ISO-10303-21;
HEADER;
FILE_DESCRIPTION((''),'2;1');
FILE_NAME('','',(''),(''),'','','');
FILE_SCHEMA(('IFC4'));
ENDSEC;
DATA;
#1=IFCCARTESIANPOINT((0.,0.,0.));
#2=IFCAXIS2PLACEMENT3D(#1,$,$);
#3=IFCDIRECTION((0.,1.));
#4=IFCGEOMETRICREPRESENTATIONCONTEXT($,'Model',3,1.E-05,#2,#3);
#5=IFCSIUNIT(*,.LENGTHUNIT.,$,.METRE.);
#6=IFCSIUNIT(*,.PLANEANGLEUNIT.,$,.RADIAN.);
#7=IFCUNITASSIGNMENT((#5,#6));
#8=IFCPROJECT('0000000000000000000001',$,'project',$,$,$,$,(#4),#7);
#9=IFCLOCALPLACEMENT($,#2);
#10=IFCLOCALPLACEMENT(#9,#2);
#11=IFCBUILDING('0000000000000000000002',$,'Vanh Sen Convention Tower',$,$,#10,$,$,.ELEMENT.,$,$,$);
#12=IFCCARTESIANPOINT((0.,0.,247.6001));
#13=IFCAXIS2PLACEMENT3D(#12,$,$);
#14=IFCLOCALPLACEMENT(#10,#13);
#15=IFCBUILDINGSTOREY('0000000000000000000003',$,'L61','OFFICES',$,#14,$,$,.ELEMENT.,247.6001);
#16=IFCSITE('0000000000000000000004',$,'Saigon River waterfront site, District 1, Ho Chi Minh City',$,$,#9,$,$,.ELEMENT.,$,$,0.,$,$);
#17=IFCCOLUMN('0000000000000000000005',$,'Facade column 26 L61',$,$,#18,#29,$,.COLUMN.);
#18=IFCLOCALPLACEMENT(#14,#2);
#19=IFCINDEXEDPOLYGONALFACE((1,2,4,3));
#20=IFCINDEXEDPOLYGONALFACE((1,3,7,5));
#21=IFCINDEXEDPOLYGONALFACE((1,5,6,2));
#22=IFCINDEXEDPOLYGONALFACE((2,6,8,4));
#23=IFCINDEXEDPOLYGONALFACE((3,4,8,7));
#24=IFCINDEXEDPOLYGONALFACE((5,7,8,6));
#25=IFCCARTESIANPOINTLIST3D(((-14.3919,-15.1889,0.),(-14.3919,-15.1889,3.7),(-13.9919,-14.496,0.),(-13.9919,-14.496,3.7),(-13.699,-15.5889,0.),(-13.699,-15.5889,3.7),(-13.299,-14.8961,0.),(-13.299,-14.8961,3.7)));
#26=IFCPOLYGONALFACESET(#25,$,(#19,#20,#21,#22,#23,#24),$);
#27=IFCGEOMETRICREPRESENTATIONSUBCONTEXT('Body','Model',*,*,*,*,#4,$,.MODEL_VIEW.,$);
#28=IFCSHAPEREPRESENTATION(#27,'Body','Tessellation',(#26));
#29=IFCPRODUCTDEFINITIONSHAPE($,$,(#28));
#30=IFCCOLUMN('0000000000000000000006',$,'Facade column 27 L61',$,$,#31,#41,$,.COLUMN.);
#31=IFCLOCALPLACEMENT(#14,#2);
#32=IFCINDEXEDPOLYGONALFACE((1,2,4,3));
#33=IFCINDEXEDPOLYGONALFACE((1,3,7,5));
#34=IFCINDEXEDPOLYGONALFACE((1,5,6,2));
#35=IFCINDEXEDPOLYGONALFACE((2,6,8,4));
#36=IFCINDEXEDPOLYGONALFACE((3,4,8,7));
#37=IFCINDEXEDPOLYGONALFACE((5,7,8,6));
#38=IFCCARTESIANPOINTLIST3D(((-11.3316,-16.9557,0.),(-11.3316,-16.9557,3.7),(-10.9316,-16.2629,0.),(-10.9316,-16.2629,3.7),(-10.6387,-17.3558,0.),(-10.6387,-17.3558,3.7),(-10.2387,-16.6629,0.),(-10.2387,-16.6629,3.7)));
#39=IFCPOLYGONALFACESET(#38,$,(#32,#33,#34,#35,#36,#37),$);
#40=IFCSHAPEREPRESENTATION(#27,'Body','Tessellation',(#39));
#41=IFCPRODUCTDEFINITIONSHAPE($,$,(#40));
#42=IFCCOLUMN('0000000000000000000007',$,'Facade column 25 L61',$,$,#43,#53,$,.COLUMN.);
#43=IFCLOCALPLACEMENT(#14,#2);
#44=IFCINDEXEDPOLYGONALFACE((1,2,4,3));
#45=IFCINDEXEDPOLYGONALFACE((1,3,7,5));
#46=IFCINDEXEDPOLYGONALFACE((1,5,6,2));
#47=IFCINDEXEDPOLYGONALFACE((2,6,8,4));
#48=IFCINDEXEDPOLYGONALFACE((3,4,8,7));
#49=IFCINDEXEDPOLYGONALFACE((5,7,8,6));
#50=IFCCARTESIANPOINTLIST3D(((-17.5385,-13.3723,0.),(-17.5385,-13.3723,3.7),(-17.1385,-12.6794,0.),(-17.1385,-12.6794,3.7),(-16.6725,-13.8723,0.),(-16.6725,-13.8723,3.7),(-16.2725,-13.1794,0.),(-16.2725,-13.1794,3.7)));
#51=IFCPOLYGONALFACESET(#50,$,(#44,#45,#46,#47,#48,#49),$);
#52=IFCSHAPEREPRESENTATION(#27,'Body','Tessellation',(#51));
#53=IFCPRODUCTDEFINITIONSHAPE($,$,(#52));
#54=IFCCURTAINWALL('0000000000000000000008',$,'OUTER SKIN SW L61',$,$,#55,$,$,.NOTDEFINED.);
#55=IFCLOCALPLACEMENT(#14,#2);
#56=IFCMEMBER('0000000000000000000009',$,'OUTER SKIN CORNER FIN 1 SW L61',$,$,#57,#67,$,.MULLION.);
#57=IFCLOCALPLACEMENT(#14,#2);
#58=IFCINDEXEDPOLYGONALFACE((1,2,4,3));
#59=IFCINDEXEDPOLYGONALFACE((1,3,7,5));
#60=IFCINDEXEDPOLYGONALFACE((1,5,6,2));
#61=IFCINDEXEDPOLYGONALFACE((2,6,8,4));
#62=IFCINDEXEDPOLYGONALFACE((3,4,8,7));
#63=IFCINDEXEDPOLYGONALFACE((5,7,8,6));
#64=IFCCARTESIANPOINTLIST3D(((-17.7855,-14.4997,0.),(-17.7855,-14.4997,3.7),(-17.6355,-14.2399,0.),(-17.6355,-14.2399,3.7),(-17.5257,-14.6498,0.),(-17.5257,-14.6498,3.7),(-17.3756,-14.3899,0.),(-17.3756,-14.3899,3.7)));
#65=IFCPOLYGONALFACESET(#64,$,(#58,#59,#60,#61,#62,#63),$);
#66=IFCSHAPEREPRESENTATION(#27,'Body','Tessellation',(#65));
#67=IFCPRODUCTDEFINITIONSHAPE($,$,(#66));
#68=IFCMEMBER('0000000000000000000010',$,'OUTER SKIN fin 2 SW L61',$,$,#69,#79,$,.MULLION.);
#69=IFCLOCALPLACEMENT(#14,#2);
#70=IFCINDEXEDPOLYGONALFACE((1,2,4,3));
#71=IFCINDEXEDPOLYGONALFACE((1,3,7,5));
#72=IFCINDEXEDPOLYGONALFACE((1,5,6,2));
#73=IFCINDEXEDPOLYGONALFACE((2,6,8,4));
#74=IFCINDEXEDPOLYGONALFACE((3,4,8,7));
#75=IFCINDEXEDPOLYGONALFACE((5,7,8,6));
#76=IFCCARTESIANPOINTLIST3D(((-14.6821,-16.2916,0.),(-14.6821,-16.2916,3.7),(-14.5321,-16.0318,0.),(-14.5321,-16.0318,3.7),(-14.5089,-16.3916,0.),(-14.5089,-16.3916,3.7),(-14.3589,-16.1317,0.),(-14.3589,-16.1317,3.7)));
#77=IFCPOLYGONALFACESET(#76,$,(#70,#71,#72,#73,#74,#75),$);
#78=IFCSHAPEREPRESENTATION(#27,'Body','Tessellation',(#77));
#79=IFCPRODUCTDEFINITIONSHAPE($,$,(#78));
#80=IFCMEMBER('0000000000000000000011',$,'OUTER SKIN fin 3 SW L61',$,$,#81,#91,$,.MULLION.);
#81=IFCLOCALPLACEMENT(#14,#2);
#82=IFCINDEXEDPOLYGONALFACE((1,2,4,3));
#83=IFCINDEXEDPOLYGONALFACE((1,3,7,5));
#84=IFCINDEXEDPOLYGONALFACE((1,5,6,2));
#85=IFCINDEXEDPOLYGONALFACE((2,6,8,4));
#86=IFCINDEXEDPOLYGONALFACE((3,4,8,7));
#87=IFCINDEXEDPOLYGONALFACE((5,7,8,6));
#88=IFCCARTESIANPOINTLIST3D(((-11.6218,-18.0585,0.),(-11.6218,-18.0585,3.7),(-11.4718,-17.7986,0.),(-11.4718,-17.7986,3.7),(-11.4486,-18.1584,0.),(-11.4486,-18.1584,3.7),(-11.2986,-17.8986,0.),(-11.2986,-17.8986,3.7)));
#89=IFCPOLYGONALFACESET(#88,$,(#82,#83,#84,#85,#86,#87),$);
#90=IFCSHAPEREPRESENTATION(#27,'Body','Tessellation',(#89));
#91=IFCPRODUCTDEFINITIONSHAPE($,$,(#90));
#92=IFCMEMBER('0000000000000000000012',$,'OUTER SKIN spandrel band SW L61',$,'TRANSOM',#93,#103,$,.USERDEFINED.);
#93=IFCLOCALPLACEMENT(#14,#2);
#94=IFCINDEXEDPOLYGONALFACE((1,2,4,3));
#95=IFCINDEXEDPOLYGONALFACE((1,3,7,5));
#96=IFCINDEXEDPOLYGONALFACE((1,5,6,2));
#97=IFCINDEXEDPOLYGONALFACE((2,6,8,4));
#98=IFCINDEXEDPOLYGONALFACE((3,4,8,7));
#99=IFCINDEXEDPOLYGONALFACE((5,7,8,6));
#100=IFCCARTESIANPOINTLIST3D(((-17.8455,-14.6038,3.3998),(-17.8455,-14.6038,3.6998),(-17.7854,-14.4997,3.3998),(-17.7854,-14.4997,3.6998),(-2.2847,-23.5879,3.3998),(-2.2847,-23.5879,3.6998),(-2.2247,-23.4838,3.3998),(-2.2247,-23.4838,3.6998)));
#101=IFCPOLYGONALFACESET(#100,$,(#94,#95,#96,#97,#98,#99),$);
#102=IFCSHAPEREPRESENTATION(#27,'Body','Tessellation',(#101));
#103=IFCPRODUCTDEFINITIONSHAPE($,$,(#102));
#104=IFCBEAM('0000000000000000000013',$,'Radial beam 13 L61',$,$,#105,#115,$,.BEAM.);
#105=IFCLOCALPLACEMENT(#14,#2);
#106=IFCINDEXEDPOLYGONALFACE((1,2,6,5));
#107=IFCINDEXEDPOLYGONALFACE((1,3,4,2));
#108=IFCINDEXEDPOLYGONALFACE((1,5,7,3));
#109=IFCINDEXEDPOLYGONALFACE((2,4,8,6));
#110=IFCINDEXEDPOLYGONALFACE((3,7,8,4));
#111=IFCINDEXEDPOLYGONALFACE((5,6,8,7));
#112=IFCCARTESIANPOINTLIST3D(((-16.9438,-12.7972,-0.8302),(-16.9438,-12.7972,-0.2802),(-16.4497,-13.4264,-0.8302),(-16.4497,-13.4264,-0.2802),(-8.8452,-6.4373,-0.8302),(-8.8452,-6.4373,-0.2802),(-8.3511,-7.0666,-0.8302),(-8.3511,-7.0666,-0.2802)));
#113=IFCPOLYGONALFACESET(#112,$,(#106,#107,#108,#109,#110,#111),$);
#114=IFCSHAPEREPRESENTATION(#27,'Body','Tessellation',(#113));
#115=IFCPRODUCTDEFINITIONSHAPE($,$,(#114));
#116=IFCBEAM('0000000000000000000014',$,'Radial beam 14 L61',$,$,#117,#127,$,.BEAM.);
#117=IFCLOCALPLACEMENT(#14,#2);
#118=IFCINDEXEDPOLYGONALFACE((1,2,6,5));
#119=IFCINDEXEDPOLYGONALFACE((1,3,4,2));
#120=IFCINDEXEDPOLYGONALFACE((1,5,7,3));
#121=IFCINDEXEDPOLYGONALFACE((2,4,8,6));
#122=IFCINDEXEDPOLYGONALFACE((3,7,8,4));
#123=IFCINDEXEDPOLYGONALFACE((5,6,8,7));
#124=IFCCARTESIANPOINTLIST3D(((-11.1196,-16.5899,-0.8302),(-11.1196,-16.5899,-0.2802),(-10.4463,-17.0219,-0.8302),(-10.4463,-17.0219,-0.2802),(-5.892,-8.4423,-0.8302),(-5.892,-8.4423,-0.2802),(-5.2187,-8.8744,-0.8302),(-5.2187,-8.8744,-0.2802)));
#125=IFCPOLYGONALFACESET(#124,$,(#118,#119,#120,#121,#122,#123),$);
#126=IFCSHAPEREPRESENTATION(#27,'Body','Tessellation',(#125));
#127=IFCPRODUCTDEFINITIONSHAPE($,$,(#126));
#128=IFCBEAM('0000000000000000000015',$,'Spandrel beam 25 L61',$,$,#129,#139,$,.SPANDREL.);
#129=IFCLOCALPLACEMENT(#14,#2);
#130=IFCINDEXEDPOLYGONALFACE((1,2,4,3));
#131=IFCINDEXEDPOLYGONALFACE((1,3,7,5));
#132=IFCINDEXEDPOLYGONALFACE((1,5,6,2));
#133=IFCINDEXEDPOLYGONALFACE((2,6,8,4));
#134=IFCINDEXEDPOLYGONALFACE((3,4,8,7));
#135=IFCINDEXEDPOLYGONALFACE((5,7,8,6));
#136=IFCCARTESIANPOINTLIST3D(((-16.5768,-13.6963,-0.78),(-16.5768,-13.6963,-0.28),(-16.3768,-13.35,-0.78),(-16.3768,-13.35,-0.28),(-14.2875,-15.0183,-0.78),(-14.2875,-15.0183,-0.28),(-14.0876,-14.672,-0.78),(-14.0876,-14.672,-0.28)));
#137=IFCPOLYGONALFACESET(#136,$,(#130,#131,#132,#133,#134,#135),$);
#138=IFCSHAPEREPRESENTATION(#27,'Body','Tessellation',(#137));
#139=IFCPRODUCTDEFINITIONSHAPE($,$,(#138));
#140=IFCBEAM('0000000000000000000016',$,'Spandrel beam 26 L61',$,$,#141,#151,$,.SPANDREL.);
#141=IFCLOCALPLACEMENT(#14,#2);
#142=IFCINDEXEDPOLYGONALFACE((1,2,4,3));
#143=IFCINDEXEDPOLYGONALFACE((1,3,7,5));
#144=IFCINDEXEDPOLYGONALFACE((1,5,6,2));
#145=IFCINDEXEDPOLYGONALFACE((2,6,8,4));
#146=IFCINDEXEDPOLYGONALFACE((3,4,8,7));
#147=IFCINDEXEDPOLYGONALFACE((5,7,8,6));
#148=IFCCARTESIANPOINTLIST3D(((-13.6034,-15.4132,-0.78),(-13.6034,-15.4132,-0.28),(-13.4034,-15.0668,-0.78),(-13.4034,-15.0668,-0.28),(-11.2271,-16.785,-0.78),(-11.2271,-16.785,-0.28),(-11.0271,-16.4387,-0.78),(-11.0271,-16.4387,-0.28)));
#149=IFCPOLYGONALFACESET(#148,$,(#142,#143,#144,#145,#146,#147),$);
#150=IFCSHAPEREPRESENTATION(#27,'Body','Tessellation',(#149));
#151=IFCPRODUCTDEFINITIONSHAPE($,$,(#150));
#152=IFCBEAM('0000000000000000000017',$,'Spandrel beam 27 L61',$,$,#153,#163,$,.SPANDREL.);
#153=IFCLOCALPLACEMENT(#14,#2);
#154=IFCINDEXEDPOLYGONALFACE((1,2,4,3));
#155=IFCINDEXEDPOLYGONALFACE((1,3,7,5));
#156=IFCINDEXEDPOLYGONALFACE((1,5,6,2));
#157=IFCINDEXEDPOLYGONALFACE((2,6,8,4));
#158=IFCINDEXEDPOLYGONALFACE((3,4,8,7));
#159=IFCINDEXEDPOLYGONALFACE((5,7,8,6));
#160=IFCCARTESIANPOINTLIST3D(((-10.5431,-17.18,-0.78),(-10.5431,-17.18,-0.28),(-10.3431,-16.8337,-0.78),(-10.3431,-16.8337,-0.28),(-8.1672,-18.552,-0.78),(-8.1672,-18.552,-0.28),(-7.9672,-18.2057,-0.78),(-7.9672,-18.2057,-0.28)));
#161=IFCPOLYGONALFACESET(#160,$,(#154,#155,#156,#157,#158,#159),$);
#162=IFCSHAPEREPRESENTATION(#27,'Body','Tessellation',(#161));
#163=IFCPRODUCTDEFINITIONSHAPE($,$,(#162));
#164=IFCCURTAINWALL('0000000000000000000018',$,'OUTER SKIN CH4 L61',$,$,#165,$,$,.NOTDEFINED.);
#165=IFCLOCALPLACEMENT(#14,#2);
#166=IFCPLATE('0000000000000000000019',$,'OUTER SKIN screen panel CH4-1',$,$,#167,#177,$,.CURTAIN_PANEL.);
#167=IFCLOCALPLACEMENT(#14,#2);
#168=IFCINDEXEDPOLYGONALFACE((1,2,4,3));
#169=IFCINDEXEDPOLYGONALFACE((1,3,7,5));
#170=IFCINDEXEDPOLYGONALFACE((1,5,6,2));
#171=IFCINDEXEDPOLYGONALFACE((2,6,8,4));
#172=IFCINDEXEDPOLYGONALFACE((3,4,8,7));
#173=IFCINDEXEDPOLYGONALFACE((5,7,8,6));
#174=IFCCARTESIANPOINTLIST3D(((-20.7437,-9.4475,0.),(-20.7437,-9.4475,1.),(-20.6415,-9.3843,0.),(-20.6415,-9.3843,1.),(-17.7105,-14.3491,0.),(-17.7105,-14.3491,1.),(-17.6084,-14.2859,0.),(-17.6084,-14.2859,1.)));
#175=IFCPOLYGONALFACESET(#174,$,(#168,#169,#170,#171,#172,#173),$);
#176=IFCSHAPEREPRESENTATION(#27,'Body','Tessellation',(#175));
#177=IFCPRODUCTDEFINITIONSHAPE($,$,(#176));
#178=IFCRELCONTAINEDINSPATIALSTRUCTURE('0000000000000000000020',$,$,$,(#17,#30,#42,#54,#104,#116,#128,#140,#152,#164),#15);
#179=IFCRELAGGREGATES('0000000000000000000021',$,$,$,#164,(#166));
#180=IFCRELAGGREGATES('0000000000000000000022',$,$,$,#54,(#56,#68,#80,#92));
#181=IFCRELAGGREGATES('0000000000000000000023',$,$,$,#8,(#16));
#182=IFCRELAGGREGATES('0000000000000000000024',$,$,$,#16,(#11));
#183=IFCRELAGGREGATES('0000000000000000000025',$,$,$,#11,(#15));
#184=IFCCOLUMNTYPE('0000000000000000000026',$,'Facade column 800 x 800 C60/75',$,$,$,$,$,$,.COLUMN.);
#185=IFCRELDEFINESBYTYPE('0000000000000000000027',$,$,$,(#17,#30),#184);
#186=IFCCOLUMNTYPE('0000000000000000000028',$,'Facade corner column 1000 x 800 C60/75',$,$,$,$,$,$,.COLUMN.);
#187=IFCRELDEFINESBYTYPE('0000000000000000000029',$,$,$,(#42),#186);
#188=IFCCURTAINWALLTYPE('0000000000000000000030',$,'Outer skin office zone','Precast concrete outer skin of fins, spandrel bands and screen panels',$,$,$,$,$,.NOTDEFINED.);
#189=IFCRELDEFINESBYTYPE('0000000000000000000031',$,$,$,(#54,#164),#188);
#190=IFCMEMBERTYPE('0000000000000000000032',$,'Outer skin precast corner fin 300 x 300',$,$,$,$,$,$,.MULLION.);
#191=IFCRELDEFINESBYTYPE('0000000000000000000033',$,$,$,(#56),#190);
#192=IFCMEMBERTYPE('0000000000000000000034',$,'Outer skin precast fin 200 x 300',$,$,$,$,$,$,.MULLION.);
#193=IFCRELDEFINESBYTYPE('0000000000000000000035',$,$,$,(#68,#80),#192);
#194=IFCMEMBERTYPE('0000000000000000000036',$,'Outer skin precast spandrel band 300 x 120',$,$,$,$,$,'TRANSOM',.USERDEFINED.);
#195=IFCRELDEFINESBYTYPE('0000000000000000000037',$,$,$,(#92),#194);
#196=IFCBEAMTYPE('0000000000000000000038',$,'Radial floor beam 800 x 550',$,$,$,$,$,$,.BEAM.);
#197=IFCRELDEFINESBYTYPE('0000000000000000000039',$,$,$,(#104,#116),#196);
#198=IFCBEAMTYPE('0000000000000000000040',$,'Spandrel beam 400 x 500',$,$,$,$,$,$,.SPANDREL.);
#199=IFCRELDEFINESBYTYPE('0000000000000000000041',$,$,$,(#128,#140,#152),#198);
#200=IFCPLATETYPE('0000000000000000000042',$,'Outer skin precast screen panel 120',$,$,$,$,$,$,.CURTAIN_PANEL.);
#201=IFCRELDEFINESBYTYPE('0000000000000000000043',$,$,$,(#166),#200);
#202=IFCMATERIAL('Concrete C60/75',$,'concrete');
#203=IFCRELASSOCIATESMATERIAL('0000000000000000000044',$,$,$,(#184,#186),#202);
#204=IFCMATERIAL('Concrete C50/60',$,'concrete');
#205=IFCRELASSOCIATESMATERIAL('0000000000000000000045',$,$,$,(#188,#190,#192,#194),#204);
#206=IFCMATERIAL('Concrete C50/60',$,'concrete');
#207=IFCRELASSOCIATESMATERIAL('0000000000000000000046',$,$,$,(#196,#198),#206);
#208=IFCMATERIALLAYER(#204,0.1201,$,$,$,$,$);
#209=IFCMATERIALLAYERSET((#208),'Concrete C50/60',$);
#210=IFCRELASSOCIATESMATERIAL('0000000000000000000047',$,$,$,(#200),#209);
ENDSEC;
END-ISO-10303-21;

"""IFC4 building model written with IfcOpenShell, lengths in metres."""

from ifc_helpers import new_model, si_unit, direction, frame, origin, origin_2d, place, context, subcontext, project, spatial, rectangle, extrude, material, layer, layer_set, material_profile, profile_set, type_object, element, aggregate, save


model = new_model("IFC4")

# Units and contexts
model_context = context("Model", 3, precision=1e-05, world=origin(), true_north=direction((0.0, 1.0)))
body_context = subcontext(model_context, "Body", "Model", "MODEL_VIEW")
ifc_project = project(units=[si_unit("LENGTHUNIT", "METRE"), si_unit("PLANEANGLEUNIT", "RADIAN")], contexts=[model_context])

# Site, building, storey
site_placement = place(None, origin())
site = spatial("IfcSite", under=ifc_project, at=site_placement, Name="Saigon River waterfront site, District 1, Ho Chi Minh City", CompositionType="ELEMENT", RefElevation=0.0)
building_placement = place(site_placement, origin())
building = spatial("IfcBuilding", under=site, at=building_placement, Name="Vanh Sen Convention Tower", CompositionType="ELEMENT")
storey_placement = place(building_placement, frame((0.0, 0.0, 247.6001)))
storey = spatial("IfcBuildingStorey", under=building, at=storey_placement, Name="L61", Description="OFFICES", CompositionType="ELEMENT", Elevation=247.6001)

# Columns
ifc_material_1 = material(Name="Concrete C60/75", Category="concrete")
ifc_material_profile_1 = material_profile(ifc_material_1, rectangle(XDim=0.8, YDim=0.8, at=origin_2d()), Name="RC 800X800")
ifc_profile_set_1 = profile_set([ifc_material_profile_1], Name="Concrete C60/75")
column_type_1 = type_object("IfcColumnType", Name="Facade column 800 x 800 C60/75", PredefinedType="COLUMN", material=ifc_profile_set_1)
for number, where, z_axis, x_axis, name in (
    (1, (-13.8455, -15.0425, 0.0), (0.0, 0.0, 1.0), (0.866025, -0.5, 0.0), "Facade column 26 L61"),
    (2, (-10.7852, -16.8093, 0.0), (0.0, 0.0, 1.0), (0.866025, -0.5, 0.0), "Facade column 27 L61"),
):
    element("IfcColumn", number, at=place(storey_placement, frame(where, z_axis=z_axis, x_axis=x_axis)), inside=storey, type_object=column_type_1, Name=name, PredefinedType="COLUMN", context=body_context, shape_type="SweptSolid", body=[
        extrude(rectangle(XDim=0.8, YDim=0.8, at=origin_2d()), origin(), (0.0, 0.0, 1.0), 3.7),
    ])
ifc_material_profile_2 = material_profile(ifc_material_1, rectangle(XDim=1.0, YDim=0.8, at=origin_2d()), Name="RC 1000X800")
ifc_profile_set_2 = profile_set([ifc_material_profile_2], Name="Concrete C60/75")
column_type_2 = type_object("IfcColumnType", Name="Facade corner column 1000 x 800 C60/75", PredefinedType="COLUMN", material=ifc_profile_set_2)
column_placement = place(storey_placement, frame((-16.9055, -13.2759, 0.0), z_axis=(0.0, 0.0, 1.0), x_axis=(0.866025, -0.5, 0.0)))
element("IfcColumn", 3, at=column_placement, inside=storey, type_object=column_type_2, Name="Facade column 25 L61", PredefinedType="COLUMN", context=body_context, shape_type="SweptSolid", body=[
    extrude(rectangle(XDim=1.0, YDim=0.8, at=origin_2d()), origin(), (0.0, 0.0, 1.0), 3.7),
])

# Curtain wall, members
ifc_material_2 = material(Name="Concrete C50/60", Category="concrete")
curtain_wall_type = type_object("IfcCurtainWallType", Name="Outer skin office zone", Description="Precast concrete outer skin of fins, spandrel bands and screen panels", PredefinedType="NOTDEFINED", material=ifc_material_2)
curtain_wall_1_placement = place(storey_placement, origin())
curtain_wall_1 = element("IfcCurtainWall", 4, at=curtain_wall_1_placement, inside=storey, type_object=curtain_wall_type, Name="OUTER SKIN SW L61", PredefinedType="NOTDEFINED")
ifc_material_profile_3 = material_profile(ifc_material_2, rectangle(XDim=0.3, YDim=0.3, at=origin_2d()), Name="Outer skin precast corner fin 300 x 300")
ifc_profile_set_3 = profile_set([ifc_material_profile_3], Name="Concrete C50/60")
member_type_1 = type_object("IfcMemberType", Name="Outer skin precast corner fin 300 x 300", PredefinedType="MULLION", material=ifc_profile_set_3)
member_1_placement = place(storey_placement, frame((-17.5806, -14.4448, 0.0), z_axis=(0.0, 0.0, 1.0), x_axis=(0.866025, -0.5, 0.0)))
member_1 = element("IfcMember", 5, at=member_1_placement, type_object=member_type_1, Name="OUTER SKIN CORNER FIN 1 SW L61", PredefinedType="MULLION", context=body_context, shape_type="SweptSolid", body=[
    extrude(rectangle(XDim=0.3, YDim=0.3, at=origin_2d()), origin(), (0.0, 0.0, 1.0), 3.7),
])
ifc_material_profile_4 = material_profile(ifc_material_2, rectangle(XDim=0.2, YDim=0.3, at=origin_2d()), Name="Outer skin precast fin 200 x 300")
ifc_profile_set_4 = profile_set([ifc_material_profile_4], Name="Concrete C50/60")
member_type_2 = type_object("IfcMemberType", Name="Outer skin precast fin 200 x 300", PredefinedType="MULLION", material=ifc_profile_set_4)
member_2_placement = place(storey_placement, frame((-14.5205, -16.2117, 0.0), z_axis=(0.0, 0.0, 1.0), x_axis=(0.866025, -0.5, 0.0)))
member_2 = element("IfcMember", 6, at=member_2_placement, type_object=member_type_2, Name="OUTER SKIN fin 2 SW L61", PredefinedType="MULLION", context=body_context, shape_type="SweptSolid", body=[
    extrude(rectangle(XDim=0.2, YDim=0.3, at=origin_2d()), origin(), (0.0, 0.0, 1.0), 3.7),
])
member_3_placement = place(storey_placement, frame((-11.4602, -17.9785, 0.0), z_axis=(0.0, 0.0, 1.0), x_axis=(0.866025, -0.5, 0.0)))
member_3 = element("IfcMember", 7, at=member_3_placement, type_object=member_type_2, Name="OUTER SKIN fin 3 SW L61", PredefinedType="MULLION", context=body_context, shape_type="SweptSolid", body=[
    extrude(rectangle(XDim=0.2, YDim=0.3, at=origin_2d()), origin(), (0.0, 0.0, 1.0), 3.7),
])
ifc_material_profile_5 = material_profile(ifc_material_2, rectangle(XDim=0.1201, YDim=0.3, at=origin_2d()), Name="Outer skin precast spandrel band 300 x 120")
ifc_profile_set_5 = profile_set([ifc_material_profile_5], Name="Concrete C50/60")
member_type_3 = type_object("IfcMemberType", Name="Outer skin precast spandrel band 300 x 120", ElementType="TRANSOM", PredefinedType="USERDEFINED", material=ifc_profile_set_5)
member_4_placement = place(storey_placement, frame((-17.8154, -14.5518, 3.5498), z_axis=(0.866023, -0.500004, 0.0), x_axis=(0.500004, 0.866023, 0.0)))
member_4 = element("IfcMember", 8, at=member_4_placement, type_object=member_type_3, Name="OUTER SKIN spandrel band SW L61", ObjectType="TRANSOM", PredefinedType="USERDEFINED", context=body_context, shape_type="SweptSolid", body=[
    extrude(rectangle(XDim=0.1201, YDim=0.3, at=origin_2d()), origin(), (0.0, 0.0, 1.0), 17.968),
])

# Beams
ifc_material_3 = material(Name="Concrete C50/60", Category="concrete")
ifc_material_profile_6 = material_profile(ifc_material_3, rectangle(XDim=0.8, YDim=0.55, at=origin_2d()), Name="RC 800X550")
ifc_profile_set_6 = profile_set([ifc_material_profile_6], Name="Concrete C50/60")
beam_type_1 = type_object("IfcBeamType", Name="Radial floor beam 800 x 550", PredefinedType="BEAM", material=ifc_profile_set_6)
beam_1_placement = place(storey_placement, frame((-16.6968, -13.1118, -0.5552), z_axis=(0.786476, 0.61762, 0.0), x_axis=(-0.61762, 0.786476, 0.0)))
element("IfcBeam", 9, at=beam_1_placement, inside=storey, type_object=beam_type_1, Name="Radial beam 13 L61", PredefinedType="BEAM", context=body_context, shape_type="SweptSolid", body=[
    extrude(rectangle(XDim=0.8, YDim=0.55, at=origin_2d()), origin(), (0.0, 0.0, 1.0), 10.2974),
])
beam_2_placement = place(storey_placement, frame((-10.783, -16.8059, -0.5552), z_axis=(0.540018, 0.841653, 0.0), x_axis=(-0.841653, 0.540018, 0.0)))
element("IfcBeam", 10, at=beam_2_placement, inside=storey, type_object=beam_type_1, Name="Radial beam 14 L61", PredefinedType="BEAM", context=body_context, shape_type="SweptSolid", body=[
    extrude(rectangle(XDim=0.8, YDim=0.55, at=origin_2d()), origin(), (0.0, 0.0, 1.0), 9.6804),
])
ifc_material_profile_7 = material_profile(ifc_material_3, rectangle(XDim=0.3999, YDim=0.5, at=origin_2d()), Name="RC 400X500")
ifc_profile_set_7 = profile_set([ifc_material_profile_7], Name="Concrete C50/60")
beam_type_2 = type_object("IfcBeamType", Name="Spandrel beam 400 x 500", PredefinedType="SPANDREL", material=ifc_profile_set_7)
beam_3_placement = place(storey_placement, frame((-16.4768, -13.5232, -0.53), z_axis=(0.865978, -0.500082, 0.0), x_axis=(0.500082, 0.865978, 0.0)))
element("IfcBeam", 11, at=beam_3_placement, inside=storey, type_object=beam_type_2, Name="Spandrel beam 25 L61", PredefinedType="SPANDREL", context=body_context, shape_type="SweptSolid", body=[
    extrude(rectangle(XDim=0.3999, YDim=0.5, at=origin_2d()), origin(), (0.0, 0.0, 1.0), 2.6436),
])
beam_4_placement = place(storey_placement, frame((-13.5034, -15.24, -0.53), z_axis=(0.866039, -0.499977, 0.0), x_axis=(0.499977, 0.866039, 0.0)))
element("IfcBeam", 12, at=beam_4_placement, inside=storey, type_object=beam_type_2, Name="Spandrel beam 26 L61", PredefinedType="SPANDREL", context=body_context, shape_type="SweptSolid", body=[
    extrude(rectangle(XDim=0.3999, YDim=0.5, at=origin_2d()), origin(), (0.0, 0.0, 1.0), 2.7439),
])
beam_5_placement = place(storey_placement, frame((-10.4431, -17.0068, -0.53), z_axis=(0.865978, -0.500082, 0.0), x_axis=(0.500082, 0.865978, 0.0)))
element("IfcBeam", 13, at=beam_5_placement, inside=storey, type_object=beam_type_2, Name="Spandrel beam 27 L61", PredefinedType="SPANDREL", context=body_context, shape_type="SweptSolid", body=[
    extrude(rectangle(XDim=0.3999, YDim=0.5, at=origin_2d()), origin(), (0.0, 0.0, 1.0), 2.7437),
])

# Curtain wall, plate
curtain_wall_2_placement = place(storey_placement, origin())
curtain_wall_2 = element("IfcCurtainWall", 14, at=curtain_wall_2_placement, inside=storey, type_object=curtain_wall_type, Name="OUTER SKIN CH4 L61", PredefinedType="NOTDEFINED")
ifc_layer_1 = layer(ifc_material_2, 0.1201)
ifc_layer_set_1 = layer_set([ifc_layer_1], Name="Concrete C50/60")
plate_type = type_object("IfcPlateType", Name="Outer skin precast screen panel 120", PredefinedType="CURTAIN_PANEL", material=ifc_layer_set_1)
plate_1_placement = place(storey_placement, frame((-19.176, -11.8667, 0.0), z_axis=(0.0, 0.0, 1.0), x_axis=(0.526215, -0.850351, 0.0)))
plate_1 = element("IfcPlate", 15, at=plate_1_placement, type_object=plate_type, Name="OUTER SKIN screen panel CH4-1", PredefinedType="CURTAIN_PANEL", context=body_context, shape_type="SweptSolid", body=[
    extrude(rectangle(XDim=5.7642, YDim=0.1201, at=origin_2d()), origin(), (0.0, 0.0, 1.0), 1.0),
])
aggregate(curtain_wall_2, [plate_1])

aggregate(curtain_wall_1, [member_1, member_2, member_3, member_4])

save(model, "model.ifc")
